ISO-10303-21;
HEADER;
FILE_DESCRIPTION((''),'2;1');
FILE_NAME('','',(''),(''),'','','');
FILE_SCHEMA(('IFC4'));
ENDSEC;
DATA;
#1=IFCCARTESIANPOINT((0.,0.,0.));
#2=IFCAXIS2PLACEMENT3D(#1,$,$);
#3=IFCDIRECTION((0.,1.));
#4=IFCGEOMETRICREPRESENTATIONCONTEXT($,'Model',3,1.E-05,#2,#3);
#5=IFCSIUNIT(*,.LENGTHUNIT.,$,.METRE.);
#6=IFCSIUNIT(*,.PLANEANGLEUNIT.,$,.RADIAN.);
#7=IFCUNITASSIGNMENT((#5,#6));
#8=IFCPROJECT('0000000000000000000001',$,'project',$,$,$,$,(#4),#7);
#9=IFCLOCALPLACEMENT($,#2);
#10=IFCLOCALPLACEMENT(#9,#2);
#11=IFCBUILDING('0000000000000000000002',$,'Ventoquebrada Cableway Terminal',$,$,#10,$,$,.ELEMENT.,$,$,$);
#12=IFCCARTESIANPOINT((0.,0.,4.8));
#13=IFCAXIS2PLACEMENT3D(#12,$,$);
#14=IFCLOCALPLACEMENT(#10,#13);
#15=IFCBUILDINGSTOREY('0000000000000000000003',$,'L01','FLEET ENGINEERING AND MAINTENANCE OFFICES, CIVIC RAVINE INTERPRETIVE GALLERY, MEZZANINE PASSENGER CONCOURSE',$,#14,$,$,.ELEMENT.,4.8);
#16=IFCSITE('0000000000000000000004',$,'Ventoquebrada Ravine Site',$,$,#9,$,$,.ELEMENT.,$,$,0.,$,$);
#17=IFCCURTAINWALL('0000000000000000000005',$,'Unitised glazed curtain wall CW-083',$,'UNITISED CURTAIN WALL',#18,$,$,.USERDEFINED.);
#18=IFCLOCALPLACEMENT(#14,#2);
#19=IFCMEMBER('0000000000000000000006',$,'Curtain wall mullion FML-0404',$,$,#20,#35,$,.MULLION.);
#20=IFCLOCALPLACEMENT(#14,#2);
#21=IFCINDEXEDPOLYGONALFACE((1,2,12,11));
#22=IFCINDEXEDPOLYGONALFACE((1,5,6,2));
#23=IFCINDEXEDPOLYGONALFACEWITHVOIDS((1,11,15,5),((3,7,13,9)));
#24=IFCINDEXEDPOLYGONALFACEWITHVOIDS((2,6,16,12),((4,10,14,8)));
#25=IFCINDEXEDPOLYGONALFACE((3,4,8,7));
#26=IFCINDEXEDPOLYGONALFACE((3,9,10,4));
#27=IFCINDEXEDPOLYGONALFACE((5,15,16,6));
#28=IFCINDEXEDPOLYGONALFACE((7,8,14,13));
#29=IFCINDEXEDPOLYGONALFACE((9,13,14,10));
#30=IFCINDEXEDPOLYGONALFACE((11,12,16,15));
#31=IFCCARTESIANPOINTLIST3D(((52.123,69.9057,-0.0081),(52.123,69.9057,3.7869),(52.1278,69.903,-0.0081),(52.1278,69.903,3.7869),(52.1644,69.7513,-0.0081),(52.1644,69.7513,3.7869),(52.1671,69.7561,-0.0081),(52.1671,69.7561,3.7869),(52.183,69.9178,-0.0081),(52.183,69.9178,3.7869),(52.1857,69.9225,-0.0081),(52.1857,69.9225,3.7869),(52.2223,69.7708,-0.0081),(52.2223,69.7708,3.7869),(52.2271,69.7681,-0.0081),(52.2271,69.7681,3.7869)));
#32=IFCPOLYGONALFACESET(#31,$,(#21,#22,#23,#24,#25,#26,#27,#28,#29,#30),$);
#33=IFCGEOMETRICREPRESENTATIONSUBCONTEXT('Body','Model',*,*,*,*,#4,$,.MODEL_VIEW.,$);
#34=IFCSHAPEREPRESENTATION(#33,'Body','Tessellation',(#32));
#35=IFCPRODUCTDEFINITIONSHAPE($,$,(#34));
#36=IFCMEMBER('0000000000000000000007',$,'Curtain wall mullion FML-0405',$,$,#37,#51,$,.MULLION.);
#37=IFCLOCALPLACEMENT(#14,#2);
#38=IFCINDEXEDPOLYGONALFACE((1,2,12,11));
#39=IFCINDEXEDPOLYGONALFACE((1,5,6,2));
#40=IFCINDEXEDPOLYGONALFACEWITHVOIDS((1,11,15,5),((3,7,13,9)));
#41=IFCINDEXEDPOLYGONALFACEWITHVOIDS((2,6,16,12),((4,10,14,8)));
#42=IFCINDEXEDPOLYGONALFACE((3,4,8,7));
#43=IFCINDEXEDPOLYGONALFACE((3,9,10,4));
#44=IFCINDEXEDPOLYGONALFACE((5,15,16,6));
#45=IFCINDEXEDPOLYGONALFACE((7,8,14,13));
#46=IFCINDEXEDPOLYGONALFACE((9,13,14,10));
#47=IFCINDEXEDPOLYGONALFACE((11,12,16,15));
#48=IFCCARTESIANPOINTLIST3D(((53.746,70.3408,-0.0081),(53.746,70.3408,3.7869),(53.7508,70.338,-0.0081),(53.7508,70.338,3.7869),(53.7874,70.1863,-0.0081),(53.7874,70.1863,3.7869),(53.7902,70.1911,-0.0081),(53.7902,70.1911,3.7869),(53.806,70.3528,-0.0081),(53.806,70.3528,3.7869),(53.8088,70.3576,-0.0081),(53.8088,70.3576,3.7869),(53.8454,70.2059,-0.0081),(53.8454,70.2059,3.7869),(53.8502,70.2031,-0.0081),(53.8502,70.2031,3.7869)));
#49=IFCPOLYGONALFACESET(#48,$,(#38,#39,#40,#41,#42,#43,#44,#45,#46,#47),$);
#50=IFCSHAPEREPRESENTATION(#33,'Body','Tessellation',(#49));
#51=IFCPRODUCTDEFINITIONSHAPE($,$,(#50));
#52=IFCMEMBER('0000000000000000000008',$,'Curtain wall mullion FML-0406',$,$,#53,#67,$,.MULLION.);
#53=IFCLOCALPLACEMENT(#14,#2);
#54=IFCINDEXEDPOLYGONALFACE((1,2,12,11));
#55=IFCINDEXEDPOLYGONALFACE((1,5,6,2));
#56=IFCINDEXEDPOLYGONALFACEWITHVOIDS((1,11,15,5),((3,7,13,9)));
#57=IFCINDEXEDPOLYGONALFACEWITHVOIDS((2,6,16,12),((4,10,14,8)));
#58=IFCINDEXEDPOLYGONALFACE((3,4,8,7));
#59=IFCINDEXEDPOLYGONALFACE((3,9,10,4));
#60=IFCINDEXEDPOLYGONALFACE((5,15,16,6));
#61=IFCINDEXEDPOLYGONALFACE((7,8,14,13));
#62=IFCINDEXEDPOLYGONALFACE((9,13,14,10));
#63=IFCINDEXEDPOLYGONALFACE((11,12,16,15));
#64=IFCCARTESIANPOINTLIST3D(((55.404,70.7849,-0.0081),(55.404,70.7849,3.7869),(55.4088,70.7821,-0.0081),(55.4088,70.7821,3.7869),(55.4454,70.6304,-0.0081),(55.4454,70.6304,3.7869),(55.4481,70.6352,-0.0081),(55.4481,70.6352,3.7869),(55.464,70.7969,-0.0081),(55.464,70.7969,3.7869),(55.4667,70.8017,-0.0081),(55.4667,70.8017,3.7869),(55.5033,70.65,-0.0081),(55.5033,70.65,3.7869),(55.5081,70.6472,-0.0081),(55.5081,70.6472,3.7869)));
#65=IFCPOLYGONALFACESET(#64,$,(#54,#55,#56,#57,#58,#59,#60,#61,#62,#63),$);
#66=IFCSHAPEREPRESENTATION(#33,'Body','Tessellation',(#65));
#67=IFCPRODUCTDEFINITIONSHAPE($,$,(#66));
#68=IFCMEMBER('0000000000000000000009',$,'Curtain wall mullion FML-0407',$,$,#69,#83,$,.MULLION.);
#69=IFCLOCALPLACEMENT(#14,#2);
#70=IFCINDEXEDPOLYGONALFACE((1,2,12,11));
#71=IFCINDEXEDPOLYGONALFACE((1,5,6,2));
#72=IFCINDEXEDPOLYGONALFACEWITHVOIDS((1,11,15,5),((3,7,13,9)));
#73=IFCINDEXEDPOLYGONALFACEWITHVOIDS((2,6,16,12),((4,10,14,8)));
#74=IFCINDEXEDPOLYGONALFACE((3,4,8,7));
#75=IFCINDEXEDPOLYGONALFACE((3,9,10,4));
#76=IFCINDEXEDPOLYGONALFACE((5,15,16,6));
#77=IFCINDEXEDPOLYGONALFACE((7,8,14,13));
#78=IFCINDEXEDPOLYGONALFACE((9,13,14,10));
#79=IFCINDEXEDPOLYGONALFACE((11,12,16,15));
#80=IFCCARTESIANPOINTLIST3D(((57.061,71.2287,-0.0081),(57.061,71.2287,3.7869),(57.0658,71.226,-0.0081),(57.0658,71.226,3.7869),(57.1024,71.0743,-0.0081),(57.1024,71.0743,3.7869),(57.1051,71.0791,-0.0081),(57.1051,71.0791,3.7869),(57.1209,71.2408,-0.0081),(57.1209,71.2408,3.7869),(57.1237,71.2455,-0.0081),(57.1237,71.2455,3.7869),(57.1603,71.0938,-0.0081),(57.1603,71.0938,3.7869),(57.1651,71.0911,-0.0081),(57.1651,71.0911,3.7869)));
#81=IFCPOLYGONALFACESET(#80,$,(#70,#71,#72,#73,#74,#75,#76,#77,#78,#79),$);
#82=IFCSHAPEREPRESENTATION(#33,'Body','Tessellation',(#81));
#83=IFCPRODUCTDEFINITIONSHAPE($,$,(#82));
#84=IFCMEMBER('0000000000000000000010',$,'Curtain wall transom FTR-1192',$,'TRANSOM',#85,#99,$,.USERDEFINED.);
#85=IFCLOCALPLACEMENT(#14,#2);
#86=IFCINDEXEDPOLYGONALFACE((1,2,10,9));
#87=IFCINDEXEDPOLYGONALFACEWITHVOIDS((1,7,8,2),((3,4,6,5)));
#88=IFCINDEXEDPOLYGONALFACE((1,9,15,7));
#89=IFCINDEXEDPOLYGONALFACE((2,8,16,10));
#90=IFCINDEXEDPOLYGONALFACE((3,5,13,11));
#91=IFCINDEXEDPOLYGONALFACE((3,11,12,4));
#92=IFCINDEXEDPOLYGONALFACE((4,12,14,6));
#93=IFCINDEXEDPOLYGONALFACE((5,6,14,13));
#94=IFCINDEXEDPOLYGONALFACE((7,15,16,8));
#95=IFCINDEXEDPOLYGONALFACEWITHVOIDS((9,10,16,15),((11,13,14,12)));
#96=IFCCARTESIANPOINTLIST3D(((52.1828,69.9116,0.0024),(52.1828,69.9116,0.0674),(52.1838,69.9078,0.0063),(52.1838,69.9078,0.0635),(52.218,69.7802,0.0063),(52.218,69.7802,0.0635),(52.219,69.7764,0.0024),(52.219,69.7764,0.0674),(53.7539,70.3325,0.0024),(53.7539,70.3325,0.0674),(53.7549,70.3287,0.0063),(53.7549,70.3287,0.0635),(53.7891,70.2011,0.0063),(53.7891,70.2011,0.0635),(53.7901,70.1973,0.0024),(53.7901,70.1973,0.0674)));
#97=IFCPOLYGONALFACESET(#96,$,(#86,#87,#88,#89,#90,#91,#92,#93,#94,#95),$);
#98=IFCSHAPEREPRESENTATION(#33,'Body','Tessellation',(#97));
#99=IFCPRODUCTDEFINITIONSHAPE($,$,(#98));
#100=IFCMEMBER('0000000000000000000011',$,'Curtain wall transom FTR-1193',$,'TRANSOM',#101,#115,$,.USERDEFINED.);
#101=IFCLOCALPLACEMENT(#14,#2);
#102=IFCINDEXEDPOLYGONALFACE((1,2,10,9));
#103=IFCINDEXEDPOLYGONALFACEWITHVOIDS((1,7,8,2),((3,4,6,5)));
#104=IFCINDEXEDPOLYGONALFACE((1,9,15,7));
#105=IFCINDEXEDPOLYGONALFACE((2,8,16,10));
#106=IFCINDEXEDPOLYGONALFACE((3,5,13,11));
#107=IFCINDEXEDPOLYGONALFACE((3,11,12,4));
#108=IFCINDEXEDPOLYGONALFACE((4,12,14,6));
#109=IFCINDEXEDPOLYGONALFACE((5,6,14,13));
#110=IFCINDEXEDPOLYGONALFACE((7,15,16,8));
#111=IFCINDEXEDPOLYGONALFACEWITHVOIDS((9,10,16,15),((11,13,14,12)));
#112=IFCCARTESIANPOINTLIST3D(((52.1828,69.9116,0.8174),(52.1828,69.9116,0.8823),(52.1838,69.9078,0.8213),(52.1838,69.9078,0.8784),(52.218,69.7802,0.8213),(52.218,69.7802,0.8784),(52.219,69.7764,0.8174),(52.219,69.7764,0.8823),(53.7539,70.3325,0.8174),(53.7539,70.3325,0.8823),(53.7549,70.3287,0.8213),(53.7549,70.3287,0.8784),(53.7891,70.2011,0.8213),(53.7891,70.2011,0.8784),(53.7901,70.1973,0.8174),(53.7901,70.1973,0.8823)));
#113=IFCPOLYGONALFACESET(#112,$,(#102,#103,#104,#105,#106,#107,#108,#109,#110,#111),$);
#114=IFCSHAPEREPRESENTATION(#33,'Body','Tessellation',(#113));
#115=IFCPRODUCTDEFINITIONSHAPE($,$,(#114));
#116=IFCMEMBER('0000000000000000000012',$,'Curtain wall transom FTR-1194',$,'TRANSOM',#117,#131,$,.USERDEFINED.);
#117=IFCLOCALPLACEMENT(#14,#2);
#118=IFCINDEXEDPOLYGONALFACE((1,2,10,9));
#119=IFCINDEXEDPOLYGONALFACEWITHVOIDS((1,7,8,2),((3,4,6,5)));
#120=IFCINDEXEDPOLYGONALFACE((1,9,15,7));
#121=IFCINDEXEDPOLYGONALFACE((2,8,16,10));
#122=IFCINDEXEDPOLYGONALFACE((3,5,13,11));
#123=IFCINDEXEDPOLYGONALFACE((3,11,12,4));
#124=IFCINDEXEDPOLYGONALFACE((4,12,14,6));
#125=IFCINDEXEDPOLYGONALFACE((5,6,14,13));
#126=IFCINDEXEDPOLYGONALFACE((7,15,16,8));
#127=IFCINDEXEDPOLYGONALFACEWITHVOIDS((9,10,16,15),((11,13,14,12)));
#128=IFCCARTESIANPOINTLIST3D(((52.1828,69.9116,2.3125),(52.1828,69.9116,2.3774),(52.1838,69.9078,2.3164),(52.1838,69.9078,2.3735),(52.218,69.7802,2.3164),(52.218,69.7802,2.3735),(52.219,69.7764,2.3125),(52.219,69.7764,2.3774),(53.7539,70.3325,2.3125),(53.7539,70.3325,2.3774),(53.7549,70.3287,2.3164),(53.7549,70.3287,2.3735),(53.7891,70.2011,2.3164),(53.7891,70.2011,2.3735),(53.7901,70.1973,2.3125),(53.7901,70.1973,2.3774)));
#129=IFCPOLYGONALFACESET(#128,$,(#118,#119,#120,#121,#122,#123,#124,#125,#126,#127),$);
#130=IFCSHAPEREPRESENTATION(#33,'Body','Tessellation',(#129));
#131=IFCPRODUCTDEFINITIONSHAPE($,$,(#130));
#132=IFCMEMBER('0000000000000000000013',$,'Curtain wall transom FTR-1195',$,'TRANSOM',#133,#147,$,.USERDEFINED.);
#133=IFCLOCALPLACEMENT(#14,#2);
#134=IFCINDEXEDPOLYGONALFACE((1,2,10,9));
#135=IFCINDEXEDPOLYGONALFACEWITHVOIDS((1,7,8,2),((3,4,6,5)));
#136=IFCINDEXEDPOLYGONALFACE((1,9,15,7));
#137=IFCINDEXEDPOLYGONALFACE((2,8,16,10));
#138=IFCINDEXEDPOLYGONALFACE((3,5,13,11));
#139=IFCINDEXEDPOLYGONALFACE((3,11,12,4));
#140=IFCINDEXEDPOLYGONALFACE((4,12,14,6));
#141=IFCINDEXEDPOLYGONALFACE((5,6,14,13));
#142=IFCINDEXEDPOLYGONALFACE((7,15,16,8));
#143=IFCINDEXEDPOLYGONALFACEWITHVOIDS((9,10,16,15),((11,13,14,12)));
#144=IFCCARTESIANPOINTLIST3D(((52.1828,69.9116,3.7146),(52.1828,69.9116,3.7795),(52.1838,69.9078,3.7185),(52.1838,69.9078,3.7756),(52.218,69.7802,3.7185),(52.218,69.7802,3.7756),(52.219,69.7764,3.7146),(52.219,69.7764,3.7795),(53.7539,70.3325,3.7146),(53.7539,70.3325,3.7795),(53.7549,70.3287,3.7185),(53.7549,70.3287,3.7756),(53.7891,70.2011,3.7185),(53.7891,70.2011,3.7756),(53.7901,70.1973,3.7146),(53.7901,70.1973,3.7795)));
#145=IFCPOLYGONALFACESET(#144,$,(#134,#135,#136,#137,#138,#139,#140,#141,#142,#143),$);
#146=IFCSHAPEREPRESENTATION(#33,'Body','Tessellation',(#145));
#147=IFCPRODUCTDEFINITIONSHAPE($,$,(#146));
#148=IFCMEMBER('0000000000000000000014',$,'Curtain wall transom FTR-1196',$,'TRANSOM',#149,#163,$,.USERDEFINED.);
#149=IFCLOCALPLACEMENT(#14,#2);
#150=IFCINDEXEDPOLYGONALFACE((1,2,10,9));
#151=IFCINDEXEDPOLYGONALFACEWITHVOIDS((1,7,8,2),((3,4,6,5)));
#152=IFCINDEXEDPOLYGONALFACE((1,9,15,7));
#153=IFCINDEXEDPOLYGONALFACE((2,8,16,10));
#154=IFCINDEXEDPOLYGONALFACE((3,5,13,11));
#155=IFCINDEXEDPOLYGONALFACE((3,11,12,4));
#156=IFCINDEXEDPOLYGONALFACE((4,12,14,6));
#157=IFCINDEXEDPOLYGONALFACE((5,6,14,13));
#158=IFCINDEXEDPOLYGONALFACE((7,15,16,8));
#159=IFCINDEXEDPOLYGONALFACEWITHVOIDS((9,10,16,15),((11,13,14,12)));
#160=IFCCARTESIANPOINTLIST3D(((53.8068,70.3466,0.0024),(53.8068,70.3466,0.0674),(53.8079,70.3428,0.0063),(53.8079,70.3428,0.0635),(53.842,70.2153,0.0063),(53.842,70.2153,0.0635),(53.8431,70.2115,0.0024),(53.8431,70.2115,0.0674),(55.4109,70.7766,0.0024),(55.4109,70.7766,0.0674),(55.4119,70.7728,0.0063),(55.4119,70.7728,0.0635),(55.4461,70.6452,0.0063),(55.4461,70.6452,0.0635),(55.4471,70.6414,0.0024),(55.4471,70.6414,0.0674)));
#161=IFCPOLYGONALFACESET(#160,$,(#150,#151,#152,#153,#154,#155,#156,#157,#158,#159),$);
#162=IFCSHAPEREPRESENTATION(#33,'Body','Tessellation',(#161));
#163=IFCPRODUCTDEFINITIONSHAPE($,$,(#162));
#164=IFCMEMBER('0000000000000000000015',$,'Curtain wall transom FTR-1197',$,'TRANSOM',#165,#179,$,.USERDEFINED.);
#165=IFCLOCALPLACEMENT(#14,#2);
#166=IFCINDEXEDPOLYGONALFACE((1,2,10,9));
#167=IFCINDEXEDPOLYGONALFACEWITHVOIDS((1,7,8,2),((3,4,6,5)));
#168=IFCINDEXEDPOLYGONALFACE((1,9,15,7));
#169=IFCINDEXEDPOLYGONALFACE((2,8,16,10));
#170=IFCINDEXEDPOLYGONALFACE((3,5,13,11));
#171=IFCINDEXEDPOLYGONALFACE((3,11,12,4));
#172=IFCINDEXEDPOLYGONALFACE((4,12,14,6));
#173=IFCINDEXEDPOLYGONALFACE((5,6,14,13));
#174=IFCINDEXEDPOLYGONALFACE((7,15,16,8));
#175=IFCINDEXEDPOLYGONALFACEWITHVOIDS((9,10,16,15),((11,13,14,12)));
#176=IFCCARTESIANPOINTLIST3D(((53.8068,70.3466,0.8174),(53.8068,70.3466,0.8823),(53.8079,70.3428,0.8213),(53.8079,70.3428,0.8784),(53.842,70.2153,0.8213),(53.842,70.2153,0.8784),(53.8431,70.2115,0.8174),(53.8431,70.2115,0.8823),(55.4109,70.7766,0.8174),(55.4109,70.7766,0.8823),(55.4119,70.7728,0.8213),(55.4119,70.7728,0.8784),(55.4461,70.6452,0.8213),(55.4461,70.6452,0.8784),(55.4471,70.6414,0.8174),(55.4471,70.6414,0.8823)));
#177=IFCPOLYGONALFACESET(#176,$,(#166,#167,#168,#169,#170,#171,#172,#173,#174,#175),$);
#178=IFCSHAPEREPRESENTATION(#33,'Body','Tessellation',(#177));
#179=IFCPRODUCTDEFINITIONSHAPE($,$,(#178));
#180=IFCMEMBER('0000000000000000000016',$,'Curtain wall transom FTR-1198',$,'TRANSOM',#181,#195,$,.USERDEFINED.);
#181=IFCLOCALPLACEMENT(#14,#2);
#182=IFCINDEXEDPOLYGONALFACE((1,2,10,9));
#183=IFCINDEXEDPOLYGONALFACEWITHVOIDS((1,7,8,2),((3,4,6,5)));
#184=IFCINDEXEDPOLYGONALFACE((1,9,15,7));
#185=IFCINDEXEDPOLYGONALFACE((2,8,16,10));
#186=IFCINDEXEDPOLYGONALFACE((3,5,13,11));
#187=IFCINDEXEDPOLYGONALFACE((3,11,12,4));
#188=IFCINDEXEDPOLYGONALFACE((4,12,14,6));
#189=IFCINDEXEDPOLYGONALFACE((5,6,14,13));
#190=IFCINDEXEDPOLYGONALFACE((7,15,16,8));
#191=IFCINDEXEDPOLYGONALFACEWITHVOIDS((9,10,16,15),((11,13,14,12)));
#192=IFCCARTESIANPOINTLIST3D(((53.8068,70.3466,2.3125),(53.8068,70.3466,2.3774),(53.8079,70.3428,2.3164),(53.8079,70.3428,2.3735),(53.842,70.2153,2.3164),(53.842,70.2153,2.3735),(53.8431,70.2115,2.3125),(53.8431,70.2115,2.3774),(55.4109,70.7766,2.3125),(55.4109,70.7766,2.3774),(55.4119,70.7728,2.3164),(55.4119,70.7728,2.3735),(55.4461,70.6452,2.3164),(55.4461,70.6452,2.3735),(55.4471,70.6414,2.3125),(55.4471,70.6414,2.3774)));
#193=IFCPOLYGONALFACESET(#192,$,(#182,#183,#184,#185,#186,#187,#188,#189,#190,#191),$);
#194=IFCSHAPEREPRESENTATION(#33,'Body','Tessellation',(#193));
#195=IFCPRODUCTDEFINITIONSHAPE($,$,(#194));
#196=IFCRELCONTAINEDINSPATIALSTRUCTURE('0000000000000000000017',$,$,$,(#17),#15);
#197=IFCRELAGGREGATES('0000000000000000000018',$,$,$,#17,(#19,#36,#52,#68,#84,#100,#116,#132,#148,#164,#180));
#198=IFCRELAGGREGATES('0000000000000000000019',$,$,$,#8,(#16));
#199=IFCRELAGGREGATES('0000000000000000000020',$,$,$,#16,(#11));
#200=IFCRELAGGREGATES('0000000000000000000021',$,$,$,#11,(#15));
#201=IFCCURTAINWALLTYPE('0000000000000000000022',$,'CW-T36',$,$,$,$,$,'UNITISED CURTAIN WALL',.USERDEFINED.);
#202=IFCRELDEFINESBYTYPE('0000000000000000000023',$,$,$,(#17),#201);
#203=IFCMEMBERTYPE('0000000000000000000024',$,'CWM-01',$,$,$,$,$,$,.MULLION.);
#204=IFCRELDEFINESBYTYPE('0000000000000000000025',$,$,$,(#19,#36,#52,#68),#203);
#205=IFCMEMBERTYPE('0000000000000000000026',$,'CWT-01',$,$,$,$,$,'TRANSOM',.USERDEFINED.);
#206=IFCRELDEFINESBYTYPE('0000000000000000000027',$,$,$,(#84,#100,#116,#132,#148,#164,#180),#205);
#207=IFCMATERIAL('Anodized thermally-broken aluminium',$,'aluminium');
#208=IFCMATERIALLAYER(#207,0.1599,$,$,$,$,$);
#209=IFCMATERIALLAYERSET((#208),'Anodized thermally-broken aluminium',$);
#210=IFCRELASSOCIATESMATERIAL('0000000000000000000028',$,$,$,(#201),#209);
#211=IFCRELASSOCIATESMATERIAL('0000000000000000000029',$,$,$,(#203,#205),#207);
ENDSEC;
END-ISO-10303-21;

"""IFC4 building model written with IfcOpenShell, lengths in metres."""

from ifc_helpers import new_model, si_unit, direction, frame, origin, origin_2d, place, context, subcontext, project, spatial, hollow_rectangle, extrude, material, layer, layer_set, material_profile, profile_set, type_object, element, aggregate, save


model = new_model("IFC4")

# Units and contexts
model_context = context("Model", 3, precision=1e-05, world=origin(), true_north=direction((0.0, 1.0)))
body_context = subcontext(model_context, "Body", "Model", "MODEL_VIEW")
ifc_project = project(units=[si_unit("LENGTHUNIT", "METRE"), si_unit("PLANEANGLEUNIT", "RADIAN")], contexts=[model_context])

# Site, building, storey
site_placement = place(None, origin())
site = spatial("IfcSite", under=ifc_project, at=site_placement, Name="Ventoquebrada Ravine Site", CompositionType="ELEMENT", RefElevation=0.0)
building_placement = place(site_placement, origin())
building = spatial("IfcBuilding", under=site, at=building_placement, Name="Ventoquebrada Cableway Terminal", CompositionType="ELEMENT")
storey_placement = place(building_placement, frame((0.0, 0.0, 4.8)))
storey = spatial("IfcBuildingStorey", under=building, at=storey_placement, Name="L01", Description="FLEET ENGINEERING AND MAINTENANCE OFFICES, CIVIC RAVINE INTERPRETIVE GALLERY, MEZZANINE PASSENGER CONCOURSE", CompositionType="ELEMENT", Elevation=4.8)

# Curtain wall, members
ifc_material_1 = material(Name="Anodized thermally-broken aluminium", Category="aluminium")
ifc_layer_1 = layer(ifc_material_1, 0.1599)
ifc_layer_set_1 = layer_set([ifc_layer_1], Name="Anodized thermally-broken aluminium")
curtain_wall_type = type_object("IfcCurtainWallType", Name="CW-T36", ElementType="UNITISED CURTAIN WALL", PredefinedType="USERDEFINED", material=ifc_layer_set_1)
curtain_wall_placement = place(storey_placement, origin())
curtain_wall = element("IfcCurtainWall", 1, at=curtain_wall_placement, inside=storey, type_object=curtain_wall_type, Name="Unitised glazed curtain wall CW-083", ObjectType="UNITISED CURTAIN WALL", PredefinedType="USERDEFINED")
ifc_material_profile_1 = material_profile(ifc_material_1, hollow_rectangle(XDim=0.0649, YDim=0.1599, WallThickness=0.0039, at=origin_2d()), Name="CW-MUL-65X160")
ifc_profile_set_1 = profile_set([ifc_material_profile_1], Name="Anodized thermally-broken aluminium")
member_type_1 = type_object("IfcMemberType", Name="CWM-01", PredefinedType="MULLION", material=ifc_profile_set_1)
member_1_placement = place(storey_placement, frame((52.175, 69.8369, -0.0081), z_axis=(0.0, 0.0, 1.0), x_axis=(0.965935, 0.258785, 0.0)))
member_1 = element("IfcMember", 2, at=member_1_placement, type_object=member_type_1, Name="Curtain wall mullion FML-0404", PredefinedType="MULLION", context=body_context, shape_type="SweptSolid", body=[
    extrude(hollow_rectangle(XDim=0.0649, YDim=0.1599, WallThickness=0.0039, at=origin_2d()), origin(), (0.0, 0.0, 1.0), 3.7949),
])
member_2_placement = place(storey_placement, frame((53.7981, 70.272, -0.0081), z_axis=(0.0, 0.0, 1.0), x_axis=(0.965935, 0.258785, 0.0)))
member_2 = element("IfcMember", 3, at=member_2_placement, type_object=member_type_1, Name="Curtain wall mullion FML-0405", PredefinedType="MULLION", context=body_context, shape_type="SweptSolid", body=[
    extrude(hollow_rectangle(XDim=0.0649, YDim=0.1599, WallThickness=0.0039, at=origin_2d()), origin(), (0.0, 0.0, 1.0), 3.7949),
])
member_3_placement = place(storey_placement, frame((55.4561, 70.7161, -0.0081), z_axis=(0.0, 0.0, 1.0), x_axis=(0.965935, 0.258785, 0.0)))
member_3 = element("IfcMember", 4, at=member_3_placement, type_object=member_type_1, Name="Curtain wall mullion FML-0406", PredefinedType="MULLION", context=body_context, shape_type="SweptSolid", body=[
    extrude(hollow_rectangle(XDim=0.0649, YDim=0.1599, WallThickness=0.0039, at=origin_2d()), origin(), (0.0, 0.0, 1.0), 3.7949),
])
member_4_placement = place(storey_placement, frame((57.113, 71.1599, -0.0081), z_axis=(0.0, 0.0, 1.0), x_axis=(0.965935, 0.258785, 0.0)))
member_4 = element("IfcMember", 5, at=member_4_placement, type_object=member_type_1, Name="Curtain wall mullion FML-0407", PredefinedType="MULLION", context=body_context, shape_type="SweptSolid", body=[
    extrude(hollow_rectangle(XDim=0.0649, YDim=0.1599, WallThickness=0.0039, at=origin_2d()), origin(), (0.0, 0.0, 1.0), 3.7949),
])
ifc_material_profile_2 = material_profile(ifc_material_1, hollow_rectangle(XDim=0.0649, YDim=0.1399, WallThickness=0.0039, at=origin_2d()), Name="CW-TRN-65X140")
ifc_profile_set_2 = profile_set([ifc_material_profile_2], Name="Anodized thermally-broken aluminium")
member_type_2 = type_object("IfcMemberType", Name="CWT-01", ElementType="TRANSOM", PredefinedType="USERDEFINED", material=ifc_profile_set_2)
member_5_placement = place(storey_placement, frame((52.2009, 69.844, 0.0349), z_axis=(0.965935, 0.258784, 0.0), x_axis=(0.0, 0.0, 1.0)))
member_5 = element("IfcMember", 6, at=member_5_placement, type_object=member_type_2, Name="Curtain wall transom FTR-1192", ObjectType="TRANSOM", PredefinedType="USERDEFINED", context=body_context, shape_type="SweptSolid", body=[
    extrude(hollow_rectangle(XDim=0.0649, YDim=0.1399, WallThickness=0.0039, at=origin_2d()), origin(), (0.0, 0.0, 1.0), 1.6265),
])
member_6_placement = place(storey_placement, frame((52.2009, 69.844, 0.8499), z_axis=(0.965935, 0.258784, 0.0), x_axis=(0.0, 0.0, 1.0)))
member_6 = element("IfcMember", 7, at=member_6_placement, type_object=member_type_2, Name="Curtain wall transom FTR-1193", ObjectType="TRANSOM", PredefinedType="USERDEFINED", context=body_context, shape_type="SweptSolid", body=[
    extrude(hollow_rectangle(XDim=0.0649, YDim=0.1399, WallThickness=0.0039, at=origin_2d()), origin(), (0.0, 0.0, 1.0), 1.6265),
])
member_7_placement = place(storey_placement, frame((52.2009, 69.844, 2.345), z_axis=(0.965935, 0.258784, 0.0), x_axis=(0.0, 0.0, 1.0)))
member_7 = element("IfcMember", 8, at=member_7_placement, type_object=member_type_2, Name="Curtain wall transom FTR-1194", ObjectType="TRANSOM", PredefinedType="USERDEFINED", context=body_context, shape_type="SweptSolid", body=[
    extrude(hollow_rectangle(XDim=0.0649, YDim=0.1399, WallThickness=0.0039, at=origin_2d()), origin(), (0.0, 0.0, 1.0), 1.6265),
])
member_8_placement = place(storey_placement, frame((52.2009, 69.844, 3.7471), z_axis=(0.965935, 0.258784, 0.0), x_axis=(0.0, 0.0, 1.0)))
member_8 = element("IfcMember", 9, at=member_8_placement, type_object=member_type_2, Name="Curtain wall transom FTR-1195", ObjectType="TRANSOM", PredefinedType="USERDEFINED", context=body_context, shape_type="SweptSolid", body=[
    extrude(hollow_rectangle(XDim=0.0649, YDim=0.1399, WallThickness=0.0039, at=origin_2d()), origin(), (0.0, 0.0, 1.0), 1.6265),
])
member_9_placement = place(storey_placement, frame((53.825, 70.2791, 0.0349), z_axis=(0.965905, 0.258898, 0.0), x_axis=(0.0, 0.0, 1.0)))
member_9 = element("IfcMember", 10, at=member_9_placement, type_object=member_type_2, Name="Curtain wall transom FTR-1196", ObjectType="TRANSOM", PredefinedType="USERDEFINED", context=body_context, shape_type="SweptSolid", body=[
    extrude(hollow_rectangle(XDim=0.0649, YDim=0.1399, WallThickness=0.0039, at=origin_2d()), origin(), (0.0, 0.0, 1.0), 1.6606),
])
member_10_placement = place(storey_placement, frame((53.825, 70.2791, 0.8499), z_axis=(0.965905, 0.258898, 0.0), x_axis=(0.0, 0.0, 1.0)))
member_10 = element("IfcMember", 11, at=member_10_placement, type_object=member_type_2, Name="Curtain wall transom FTR-1197", ObjectType="TRANSOM", PredefinedType="USERDEFINED", context=body_context, shape_type="SweptSolid", body=[
    extrude(hollow_rectangle(XDim=0.0649, YDim=0.1399, WallThickness=0.0039, at=origin_2d()), origin(), (0.0, 0.0, 1.0), 1.6606),
])
member_11_placement = place(storey_placement, frame((53.825, 70.2791, 2.345), z_axis=(0.965905, 0.258898, 0.0), x_axis=(0.0, 0.0, 1.0)))
member_11 = element("IfcMember", 12, at=member_11_placement, type_object=member_type_2, Name="Curtain wall transom FTR-1198", ObjectType="TRANSOM", PredefinedType="USERDEFINED", context=body_context, shape_type="SweptSolid", body=[
    extrude(hollow_rectangle(XDim=0.0649, YDim=0.1399, WallThickness=0.0039, at=origin_2d()), origin(), (0.0, 0.0, 1.0), 1.6606),
])
aggregate(curtain_wall, [member_1, member_2, member_3, member_4, member_5, member_6, member_7, member_8, member_9, member_10, member_11])

save(model, "model.ifc")
